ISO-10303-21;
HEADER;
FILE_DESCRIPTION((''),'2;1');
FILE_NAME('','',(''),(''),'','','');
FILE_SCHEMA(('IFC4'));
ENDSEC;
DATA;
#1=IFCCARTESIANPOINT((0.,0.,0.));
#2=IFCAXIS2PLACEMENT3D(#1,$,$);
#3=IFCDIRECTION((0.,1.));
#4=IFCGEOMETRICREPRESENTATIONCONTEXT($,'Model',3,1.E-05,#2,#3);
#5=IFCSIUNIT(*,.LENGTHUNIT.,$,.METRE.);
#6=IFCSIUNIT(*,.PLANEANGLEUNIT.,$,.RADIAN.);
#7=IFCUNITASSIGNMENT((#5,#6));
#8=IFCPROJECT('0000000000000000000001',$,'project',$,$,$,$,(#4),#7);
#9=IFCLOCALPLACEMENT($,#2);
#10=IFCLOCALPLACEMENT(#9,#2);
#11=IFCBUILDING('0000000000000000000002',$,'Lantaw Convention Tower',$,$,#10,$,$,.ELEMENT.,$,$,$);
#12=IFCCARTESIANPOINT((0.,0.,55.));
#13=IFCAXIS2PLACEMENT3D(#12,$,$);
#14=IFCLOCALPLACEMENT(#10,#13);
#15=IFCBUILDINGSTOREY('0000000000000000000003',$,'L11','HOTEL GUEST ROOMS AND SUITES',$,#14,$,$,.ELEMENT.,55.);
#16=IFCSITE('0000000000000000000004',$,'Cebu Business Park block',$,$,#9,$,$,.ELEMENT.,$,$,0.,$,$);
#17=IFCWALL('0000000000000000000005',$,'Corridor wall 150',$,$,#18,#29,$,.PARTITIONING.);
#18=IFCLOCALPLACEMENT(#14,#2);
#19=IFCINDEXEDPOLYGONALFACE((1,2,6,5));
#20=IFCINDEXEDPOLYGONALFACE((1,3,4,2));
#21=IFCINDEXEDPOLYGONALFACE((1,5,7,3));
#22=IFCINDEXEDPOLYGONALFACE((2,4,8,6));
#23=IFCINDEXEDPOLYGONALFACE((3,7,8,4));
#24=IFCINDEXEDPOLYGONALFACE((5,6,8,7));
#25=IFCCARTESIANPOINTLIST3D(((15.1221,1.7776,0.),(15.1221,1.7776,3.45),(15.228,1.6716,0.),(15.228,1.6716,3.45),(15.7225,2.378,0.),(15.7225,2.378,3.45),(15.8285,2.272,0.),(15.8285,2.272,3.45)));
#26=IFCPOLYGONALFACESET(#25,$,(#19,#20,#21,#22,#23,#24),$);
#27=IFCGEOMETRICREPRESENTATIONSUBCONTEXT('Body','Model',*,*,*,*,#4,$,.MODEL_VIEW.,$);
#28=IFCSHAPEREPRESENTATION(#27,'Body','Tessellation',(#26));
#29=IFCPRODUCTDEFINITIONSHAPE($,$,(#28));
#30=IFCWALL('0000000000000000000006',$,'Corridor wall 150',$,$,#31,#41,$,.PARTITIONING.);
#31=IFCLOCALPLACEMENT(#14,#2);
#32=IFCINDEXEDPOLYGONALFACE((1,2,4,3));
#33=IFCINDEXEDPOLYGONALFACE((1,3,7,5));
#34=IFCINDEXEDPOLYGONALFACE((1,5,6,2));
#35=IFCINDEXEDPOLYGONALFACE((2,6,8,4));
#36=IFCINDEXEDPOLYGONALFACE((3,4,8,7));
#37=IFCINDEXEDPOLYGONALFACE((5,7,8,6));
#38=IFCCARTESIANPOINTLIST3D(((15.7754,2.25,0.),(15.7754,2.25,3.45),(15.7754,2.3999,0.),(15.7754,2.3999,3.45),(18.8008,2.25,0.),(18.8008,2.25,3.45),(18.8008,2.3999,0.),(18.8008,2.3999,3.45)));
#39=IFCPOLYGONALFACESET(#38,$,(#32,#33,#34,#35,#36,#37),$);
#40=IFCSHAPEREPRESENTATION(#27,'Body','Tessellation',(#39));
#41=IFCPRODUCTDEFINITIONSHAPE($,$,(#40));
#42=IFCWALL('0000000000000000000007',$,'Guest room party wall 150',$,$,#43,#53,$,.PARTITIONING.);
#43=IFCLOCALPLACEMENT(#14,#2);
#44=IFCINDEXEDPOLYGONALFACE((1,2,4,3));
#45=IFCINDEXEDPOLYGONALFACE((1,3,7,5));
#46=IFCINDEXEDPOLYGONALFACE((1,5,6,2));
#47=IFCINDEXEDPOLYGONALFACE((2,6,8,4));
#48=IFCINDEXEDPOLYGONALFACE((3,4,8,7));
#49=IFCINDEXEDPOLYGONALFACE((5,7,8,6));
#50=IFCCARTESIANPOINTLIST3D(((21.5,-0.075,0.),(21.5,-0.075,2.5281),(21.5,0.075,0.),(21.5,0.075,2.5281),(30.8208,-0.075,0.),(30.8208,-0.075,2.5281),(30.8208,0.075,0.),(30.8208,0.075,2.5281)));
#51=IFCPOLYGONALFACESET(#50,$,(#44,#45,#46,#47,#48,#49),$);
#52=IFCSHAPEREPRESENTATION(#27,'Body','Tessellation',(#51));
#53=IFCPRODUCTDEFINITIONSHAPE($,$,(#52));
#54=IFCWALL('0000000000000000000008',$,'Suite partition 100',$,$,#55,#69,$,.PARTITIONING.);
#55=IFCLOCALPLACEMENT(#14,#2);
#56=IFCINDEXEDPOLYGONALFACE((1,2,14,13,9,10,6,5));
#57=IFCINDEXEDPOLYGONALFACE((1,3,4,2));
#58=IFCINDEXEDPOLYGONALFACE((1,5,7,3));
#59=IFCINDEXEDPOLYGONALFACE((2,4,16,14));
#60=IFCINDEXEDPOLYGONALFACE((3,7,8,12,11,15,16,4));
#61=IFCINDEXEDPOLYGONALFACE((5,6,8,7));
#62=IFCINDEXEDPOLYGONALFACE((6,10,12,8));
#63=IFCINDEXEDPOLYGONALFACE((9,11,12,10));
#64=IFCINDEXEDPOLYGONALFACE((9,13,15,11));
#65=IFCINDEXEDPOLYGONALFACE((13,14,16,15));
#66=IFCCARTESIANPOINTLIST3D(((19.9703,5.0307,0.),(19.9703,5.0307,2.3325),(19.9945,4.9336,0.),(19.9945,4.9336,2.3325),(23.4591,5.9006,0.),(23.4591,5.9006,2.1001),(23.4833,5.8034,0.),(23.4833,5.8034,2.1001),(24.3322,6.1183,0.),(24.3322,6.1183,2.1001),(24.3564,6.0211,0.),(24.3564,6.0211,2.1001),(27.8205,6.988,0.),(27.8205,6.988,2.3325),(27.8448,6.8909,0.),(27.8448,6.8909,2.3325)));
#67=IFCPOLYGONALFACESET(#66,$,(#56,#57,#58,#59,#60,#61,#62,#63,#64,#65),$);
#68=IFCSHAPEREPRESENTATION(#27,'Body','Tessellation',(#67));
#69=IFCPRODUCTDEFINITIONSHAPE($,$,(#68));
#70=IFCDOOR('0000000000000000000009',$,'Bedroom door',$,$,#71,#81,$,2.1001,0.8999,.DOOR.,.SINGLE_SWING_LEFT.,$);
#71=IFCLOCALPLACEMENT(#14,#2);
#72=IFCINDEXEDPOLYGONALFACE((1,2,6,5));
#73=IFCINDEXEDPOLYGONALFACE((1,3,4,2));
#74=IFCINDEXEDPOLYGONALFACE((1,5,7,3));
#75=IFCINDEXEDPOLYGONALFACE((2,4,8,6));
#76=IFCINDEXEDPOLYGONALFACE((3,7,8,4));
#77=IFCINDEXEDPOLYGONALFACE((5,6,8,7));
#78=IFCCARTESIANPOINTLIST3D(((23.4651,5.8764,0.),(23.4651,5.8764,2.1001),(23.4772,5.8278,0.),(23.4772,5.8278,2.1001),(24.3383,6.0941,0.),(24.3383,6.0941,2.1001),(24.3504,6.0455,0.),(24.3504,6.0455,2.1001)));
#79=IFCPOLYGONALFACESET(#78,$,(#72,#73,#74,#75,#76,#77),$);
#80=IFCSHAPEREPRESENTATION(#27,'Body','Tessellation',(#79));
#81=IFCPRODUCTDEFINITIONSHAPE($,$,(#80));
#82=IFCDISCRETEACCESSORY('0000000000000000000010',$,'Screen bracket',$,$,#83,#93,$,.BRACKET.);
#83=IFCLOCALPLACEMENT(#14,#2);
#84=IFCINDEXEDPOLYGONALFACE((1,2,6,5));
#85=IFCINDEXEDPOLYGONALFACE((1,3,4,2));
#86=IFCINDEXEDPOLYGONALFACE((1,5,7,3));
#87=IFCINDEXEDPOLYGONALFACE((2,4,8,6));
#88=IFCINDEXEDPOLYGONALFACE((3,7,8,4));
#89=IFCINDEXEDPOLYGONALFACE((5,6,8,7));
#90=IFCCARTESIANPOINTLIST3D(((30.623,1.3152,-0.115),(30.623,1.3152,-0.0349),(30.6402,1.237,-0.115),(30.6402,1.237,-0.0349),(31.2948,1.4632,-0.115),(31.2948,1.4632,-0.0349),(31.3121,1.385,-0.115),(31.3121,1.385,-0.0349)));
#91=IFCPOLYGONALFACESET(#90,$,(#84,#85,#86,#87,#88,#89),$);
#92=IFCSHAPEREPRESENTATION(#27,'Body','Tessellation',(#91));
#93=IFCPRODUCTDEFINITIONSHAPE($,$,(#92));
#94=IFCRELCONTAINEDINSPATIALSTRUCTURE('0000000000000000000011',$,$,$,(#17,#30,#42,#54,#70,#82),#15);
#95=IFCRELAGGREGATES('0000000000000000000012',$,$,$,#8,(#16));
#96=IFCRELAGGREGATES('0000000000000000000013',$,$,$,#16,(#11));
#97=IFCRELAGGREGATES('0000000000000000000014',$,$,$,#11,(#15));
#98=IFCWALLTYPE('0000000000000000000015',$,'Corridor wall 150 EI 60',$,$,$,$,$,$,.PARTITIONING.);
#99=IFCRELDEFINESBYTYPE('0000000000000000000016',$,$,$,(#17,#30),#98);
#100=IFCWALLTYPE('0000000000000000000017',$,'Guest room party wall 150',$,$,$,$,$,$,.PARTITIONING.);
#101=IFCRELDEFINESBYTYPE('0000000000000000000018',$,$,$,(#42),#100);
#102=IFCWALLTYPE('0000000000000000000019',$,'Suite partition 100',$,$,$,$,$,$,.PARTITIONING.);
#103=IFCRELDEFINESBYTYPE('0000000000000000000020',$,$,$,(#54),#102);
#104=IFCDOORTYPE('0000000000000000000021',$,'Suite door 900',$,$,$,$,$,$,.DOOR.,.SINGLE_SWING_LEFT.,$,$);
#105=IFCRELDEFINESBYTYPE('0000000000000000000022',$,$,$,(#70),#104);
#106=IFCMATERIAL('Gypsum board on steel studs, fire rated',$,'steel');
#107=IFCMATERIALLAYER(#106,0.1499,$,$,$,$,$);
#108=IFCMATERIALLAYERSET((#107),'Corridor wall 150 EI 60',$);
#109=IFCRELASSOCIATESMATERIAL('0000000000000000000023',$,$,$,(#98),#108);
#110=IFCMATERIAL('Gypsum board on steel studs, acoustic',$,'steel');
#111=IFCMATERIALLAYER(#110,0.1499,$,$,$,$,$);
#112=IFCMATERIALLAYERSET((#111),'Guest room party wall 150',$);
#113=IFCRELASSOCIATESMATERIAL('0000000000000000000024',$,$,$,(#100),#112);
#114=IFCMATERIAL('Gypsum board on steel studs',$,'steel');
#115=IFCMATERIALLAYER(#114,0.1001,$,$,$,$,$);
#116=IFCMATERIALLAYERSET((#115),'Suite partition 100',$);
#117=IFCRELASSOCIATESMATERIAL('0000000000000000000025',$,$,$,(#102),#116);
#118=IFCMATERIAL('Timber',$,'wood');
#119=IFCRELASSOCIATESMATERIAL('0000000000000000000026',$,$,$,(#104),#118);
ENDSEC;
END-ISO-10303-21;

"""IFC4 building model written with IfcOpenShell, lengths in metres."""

from ifc_helpers import new_model, si_unit, direction, frame, frame_2d, origin, origin_2d, place, context, subcontext, project, spatial, rectangle, extrude, material, layer, layer_set, type_object, element, fill, save


model = new_model("IFC4")

# Units and contexts
model_context = context("Model", 3, precision=1e-05, world=origin(), true_north=direction((0.0, 1.0)))
body_context = subcontext(model_context, "Body", "Model", "MODEL_VIEW")
ifc_project = project(units=[si_unit("LENGTHUNIT", "METRE"), si_unit("PLANEANGLEUNIT", "RADIAN")], contexts=[model_context])

# Site, building, storey
site_placement = place(None, origin())
site = spatial("IfcSite", under=ifc_project, at=site_placement, Name="Cebu Business Park block", CompositionType="ELEMENT", RefElevation=0.0)
building_placement = place(site_placement, origin())
building = spatial("IfcBuilding", under=site, at=building_placement, Name="Lantaw Convention Tower", CompositionType="ELEMENT")
storey_placement = place(building_placement, frame((0.0, 0.0, 55.0)))
storey = spatial("IfcBuildingStorey", under=building, at=storey_placement, Name="L11", Description="HOTEL GUEST ROOMS AND SUITES", CompositionType="ELEMENT", Elevation=55.0)

# Shared definitions
ifc_material_1 = material(Name="Timber", Category="wood")

# Shared definitions
ifc_material_2 = material(Name="Gypsum board on steel studs, fire rated", Category="steel")
ifc_layer_1 = layer(ifc_material_2, 0.1499)
ifc_layer_set_1 = layer_set([ifc_layer_1], Name="Corridor wall 150 EI 60")
wall_type_1 = type_object("IfcWallType", Name="Corridor wall 150 EI 60", PredefinedType="PARTITIONING", material=ifc_layer_set_1)

# Walls
wall_1_placement = place(storey_placement, frame((15.175, 1.7246, 0.0), z_axis=(0.0, 0.0, 1.0), x_axis=(0.707107, 0.707107, 0.0)))
element("IfcWall", 1, at=wall_1_placement, inside=storey, type_object=wall_type_1, Name="Corridor wall 150", PredefinedType="PARTITIONING", context=body_context, shape_type="SweptSolid", body=[
    extrude(rectangle(XDim=0.8491, YDim=0.1499, at=frame_2d((0.4246, 0.0))), origin(), (0.0, 0.0, 1.0), 3.45),
])
wall_2_placement = place(storey_placement, frame((15.7754, 2.325, 0.0), z_axis=(0.0, 0.0, 1.0), x_axis=(1.0, 0.0, 0.0)))
element("IfcWall", 2, at=wall_2_placement, inside=storey, type_object=wall_type_1, Name="Corridor wall 150", PredefinedType="PARTITIONING", context=body_context, shape_type="SweptSolid", body=[
    extrude(rectangle(XDim=3.0254, YDim=0.1499, at=frame_2d((1.5127, 0.0))), origin(), (0.0, 0.0, 1.0), 3.45),
])
ifc_material_3 = material(Name="Gypsum board on steel studs, acoustic", Category="steel")
ifc_layer_2 = layer(ifc_material_3, 0.1499)
ifc_layer_set_2 = layer_set([ifc_layer_2], Name="Guest room party wall 150")
wall_type_2 = type_object("IfcWallType", Name="Guest room party wall 150", PredefinedType="PARTITIONING", material=ifc_layer_set_2)
wall_3_placement = place(storey_placement, frame((30.8208, 0.0, 0.0), z_axis=(0.0, 0.0, 1.0), x_axis=(-1.0, 0.0, 0.0)))
element("IfcWall", 3, at=wall_3_placement, inside=storey, type_object=wall_type_2, Name="Guest room party wall 150", PredefinedType="PARTITIONING", context=body_context, shape_type="SweptSolid", body=[
    extrude(rectangle(XDim=9.3208, YDim=0.1499, at=frame_2d((4.6604, 0.0))), origin(), (0.0, 0.0, 1.0), 2.5281),
])

# Wall, opening, door
ifc_material_4 = material(Name="Gypsum board on steel studs", Category="steel")
ifc_layer_3 = layer(ifc_material_4, 0.1001)
ifc_layer_set_3 = layer_set([ifc_layer_3], Name="Suite partition 100")
wall_type_3 = type_object("IfcWallType", Name="Suite partition 100", PredefinedType="PARTITIONING", material=ifc_layer_set_3)
wall_4_placement = place(storey_placement, frame((27.8328, 6.9395, 0.0), z_axis=(0.0, 0.0, 1.0), x_axis=(-0.970297, -0.241918, 0.0)))
wall_4 = element("IfcWall", 4, at=wall_4_placement, inside=storey, type_object=wall_type_3, Name="Suite partition 100", PredefinedType="PARTITIONING", context=body_context, shape_type="SweptSolid", body=[
    extrude(rectangle(XDim=8.0906, YDim=0.1001, at=frame_2d((4.0454, 0.0))), origin(), (0.0, 0.0, 1.0), 2.3325),
])
opening_1_placement = place(wall_4_placement, frame((3.5952, 0.0, 0.0)))
opening_1 = element("IfcOpeningElement", 5, at=opening_1_placement, cuts=wall_4, PredefinedType="OPENING", context=body_context, shape_type="SweptSolid", body=[
    extrude(rectangle(XDim=0.8999, YDim=2.1001, at=frame_2d((0.45, 1.05))), frame((0.0, 0.0601, 0.0), z_axis=(0.0, -1.0, 0.0), x_axis=(1.0, 0.0, 0.0)), (0.0, 0.0, 1.0), 0.1201),
])
door_type_1 = type_object("IfcDoorType", Name="Suite door 900", OperationType="SINGLE_SWING_LEFT", PredefinedType="DOOR", material=ifc_material_1)
door_1_placement = place(opening_1_placement, origin())
door_1 = element("IfcDoor", 6, at=door_1_placement, inside=storey, type_object=door_type_1, Name="Bedroom door", OperationType="SINGLE_SWING_LEFT", OverallHeight=2.1001, OverallWidth=0.8999, PredefinedType="DOOR", context=body_context, shape_type="SweptSolid", body=[
    extrude(rectangle(XDim=0.8999, YDim=2.1001, at=frame_2d((0.45, 1.05))), frame((0.0, 0.0249, 0.0), z_axis=(0.0, -1.0, 0.0), x_axis=(1.0, 0.0, 0.0)), (0.0, 0.0, 1.0), 0.05),
])
fill(opening_1, door_1)

# Discrete accessory
discrete_accessory_placement = place(storey_placement, frame((30.9675, 1.3501, -0.115), z_axis=(0.0, 0.0, 1.0), x_axis=(-0.215246, 0.97656, 0.0)))
element("IfcDiscreteAccessory", 7, at=discrete_accessory_placement, inside=storey, Name="Screen bracket", PredefinedType="BRACKET", context=body_context, shape_type="SweptSolid", body=[
    extrude(rectangle(XDim=0.0801, YDim=0.688, at=origin_2d()), origin(), (0.0, 0.0, 1.0), 0.0801),
])

save(model, "model.ifc")
